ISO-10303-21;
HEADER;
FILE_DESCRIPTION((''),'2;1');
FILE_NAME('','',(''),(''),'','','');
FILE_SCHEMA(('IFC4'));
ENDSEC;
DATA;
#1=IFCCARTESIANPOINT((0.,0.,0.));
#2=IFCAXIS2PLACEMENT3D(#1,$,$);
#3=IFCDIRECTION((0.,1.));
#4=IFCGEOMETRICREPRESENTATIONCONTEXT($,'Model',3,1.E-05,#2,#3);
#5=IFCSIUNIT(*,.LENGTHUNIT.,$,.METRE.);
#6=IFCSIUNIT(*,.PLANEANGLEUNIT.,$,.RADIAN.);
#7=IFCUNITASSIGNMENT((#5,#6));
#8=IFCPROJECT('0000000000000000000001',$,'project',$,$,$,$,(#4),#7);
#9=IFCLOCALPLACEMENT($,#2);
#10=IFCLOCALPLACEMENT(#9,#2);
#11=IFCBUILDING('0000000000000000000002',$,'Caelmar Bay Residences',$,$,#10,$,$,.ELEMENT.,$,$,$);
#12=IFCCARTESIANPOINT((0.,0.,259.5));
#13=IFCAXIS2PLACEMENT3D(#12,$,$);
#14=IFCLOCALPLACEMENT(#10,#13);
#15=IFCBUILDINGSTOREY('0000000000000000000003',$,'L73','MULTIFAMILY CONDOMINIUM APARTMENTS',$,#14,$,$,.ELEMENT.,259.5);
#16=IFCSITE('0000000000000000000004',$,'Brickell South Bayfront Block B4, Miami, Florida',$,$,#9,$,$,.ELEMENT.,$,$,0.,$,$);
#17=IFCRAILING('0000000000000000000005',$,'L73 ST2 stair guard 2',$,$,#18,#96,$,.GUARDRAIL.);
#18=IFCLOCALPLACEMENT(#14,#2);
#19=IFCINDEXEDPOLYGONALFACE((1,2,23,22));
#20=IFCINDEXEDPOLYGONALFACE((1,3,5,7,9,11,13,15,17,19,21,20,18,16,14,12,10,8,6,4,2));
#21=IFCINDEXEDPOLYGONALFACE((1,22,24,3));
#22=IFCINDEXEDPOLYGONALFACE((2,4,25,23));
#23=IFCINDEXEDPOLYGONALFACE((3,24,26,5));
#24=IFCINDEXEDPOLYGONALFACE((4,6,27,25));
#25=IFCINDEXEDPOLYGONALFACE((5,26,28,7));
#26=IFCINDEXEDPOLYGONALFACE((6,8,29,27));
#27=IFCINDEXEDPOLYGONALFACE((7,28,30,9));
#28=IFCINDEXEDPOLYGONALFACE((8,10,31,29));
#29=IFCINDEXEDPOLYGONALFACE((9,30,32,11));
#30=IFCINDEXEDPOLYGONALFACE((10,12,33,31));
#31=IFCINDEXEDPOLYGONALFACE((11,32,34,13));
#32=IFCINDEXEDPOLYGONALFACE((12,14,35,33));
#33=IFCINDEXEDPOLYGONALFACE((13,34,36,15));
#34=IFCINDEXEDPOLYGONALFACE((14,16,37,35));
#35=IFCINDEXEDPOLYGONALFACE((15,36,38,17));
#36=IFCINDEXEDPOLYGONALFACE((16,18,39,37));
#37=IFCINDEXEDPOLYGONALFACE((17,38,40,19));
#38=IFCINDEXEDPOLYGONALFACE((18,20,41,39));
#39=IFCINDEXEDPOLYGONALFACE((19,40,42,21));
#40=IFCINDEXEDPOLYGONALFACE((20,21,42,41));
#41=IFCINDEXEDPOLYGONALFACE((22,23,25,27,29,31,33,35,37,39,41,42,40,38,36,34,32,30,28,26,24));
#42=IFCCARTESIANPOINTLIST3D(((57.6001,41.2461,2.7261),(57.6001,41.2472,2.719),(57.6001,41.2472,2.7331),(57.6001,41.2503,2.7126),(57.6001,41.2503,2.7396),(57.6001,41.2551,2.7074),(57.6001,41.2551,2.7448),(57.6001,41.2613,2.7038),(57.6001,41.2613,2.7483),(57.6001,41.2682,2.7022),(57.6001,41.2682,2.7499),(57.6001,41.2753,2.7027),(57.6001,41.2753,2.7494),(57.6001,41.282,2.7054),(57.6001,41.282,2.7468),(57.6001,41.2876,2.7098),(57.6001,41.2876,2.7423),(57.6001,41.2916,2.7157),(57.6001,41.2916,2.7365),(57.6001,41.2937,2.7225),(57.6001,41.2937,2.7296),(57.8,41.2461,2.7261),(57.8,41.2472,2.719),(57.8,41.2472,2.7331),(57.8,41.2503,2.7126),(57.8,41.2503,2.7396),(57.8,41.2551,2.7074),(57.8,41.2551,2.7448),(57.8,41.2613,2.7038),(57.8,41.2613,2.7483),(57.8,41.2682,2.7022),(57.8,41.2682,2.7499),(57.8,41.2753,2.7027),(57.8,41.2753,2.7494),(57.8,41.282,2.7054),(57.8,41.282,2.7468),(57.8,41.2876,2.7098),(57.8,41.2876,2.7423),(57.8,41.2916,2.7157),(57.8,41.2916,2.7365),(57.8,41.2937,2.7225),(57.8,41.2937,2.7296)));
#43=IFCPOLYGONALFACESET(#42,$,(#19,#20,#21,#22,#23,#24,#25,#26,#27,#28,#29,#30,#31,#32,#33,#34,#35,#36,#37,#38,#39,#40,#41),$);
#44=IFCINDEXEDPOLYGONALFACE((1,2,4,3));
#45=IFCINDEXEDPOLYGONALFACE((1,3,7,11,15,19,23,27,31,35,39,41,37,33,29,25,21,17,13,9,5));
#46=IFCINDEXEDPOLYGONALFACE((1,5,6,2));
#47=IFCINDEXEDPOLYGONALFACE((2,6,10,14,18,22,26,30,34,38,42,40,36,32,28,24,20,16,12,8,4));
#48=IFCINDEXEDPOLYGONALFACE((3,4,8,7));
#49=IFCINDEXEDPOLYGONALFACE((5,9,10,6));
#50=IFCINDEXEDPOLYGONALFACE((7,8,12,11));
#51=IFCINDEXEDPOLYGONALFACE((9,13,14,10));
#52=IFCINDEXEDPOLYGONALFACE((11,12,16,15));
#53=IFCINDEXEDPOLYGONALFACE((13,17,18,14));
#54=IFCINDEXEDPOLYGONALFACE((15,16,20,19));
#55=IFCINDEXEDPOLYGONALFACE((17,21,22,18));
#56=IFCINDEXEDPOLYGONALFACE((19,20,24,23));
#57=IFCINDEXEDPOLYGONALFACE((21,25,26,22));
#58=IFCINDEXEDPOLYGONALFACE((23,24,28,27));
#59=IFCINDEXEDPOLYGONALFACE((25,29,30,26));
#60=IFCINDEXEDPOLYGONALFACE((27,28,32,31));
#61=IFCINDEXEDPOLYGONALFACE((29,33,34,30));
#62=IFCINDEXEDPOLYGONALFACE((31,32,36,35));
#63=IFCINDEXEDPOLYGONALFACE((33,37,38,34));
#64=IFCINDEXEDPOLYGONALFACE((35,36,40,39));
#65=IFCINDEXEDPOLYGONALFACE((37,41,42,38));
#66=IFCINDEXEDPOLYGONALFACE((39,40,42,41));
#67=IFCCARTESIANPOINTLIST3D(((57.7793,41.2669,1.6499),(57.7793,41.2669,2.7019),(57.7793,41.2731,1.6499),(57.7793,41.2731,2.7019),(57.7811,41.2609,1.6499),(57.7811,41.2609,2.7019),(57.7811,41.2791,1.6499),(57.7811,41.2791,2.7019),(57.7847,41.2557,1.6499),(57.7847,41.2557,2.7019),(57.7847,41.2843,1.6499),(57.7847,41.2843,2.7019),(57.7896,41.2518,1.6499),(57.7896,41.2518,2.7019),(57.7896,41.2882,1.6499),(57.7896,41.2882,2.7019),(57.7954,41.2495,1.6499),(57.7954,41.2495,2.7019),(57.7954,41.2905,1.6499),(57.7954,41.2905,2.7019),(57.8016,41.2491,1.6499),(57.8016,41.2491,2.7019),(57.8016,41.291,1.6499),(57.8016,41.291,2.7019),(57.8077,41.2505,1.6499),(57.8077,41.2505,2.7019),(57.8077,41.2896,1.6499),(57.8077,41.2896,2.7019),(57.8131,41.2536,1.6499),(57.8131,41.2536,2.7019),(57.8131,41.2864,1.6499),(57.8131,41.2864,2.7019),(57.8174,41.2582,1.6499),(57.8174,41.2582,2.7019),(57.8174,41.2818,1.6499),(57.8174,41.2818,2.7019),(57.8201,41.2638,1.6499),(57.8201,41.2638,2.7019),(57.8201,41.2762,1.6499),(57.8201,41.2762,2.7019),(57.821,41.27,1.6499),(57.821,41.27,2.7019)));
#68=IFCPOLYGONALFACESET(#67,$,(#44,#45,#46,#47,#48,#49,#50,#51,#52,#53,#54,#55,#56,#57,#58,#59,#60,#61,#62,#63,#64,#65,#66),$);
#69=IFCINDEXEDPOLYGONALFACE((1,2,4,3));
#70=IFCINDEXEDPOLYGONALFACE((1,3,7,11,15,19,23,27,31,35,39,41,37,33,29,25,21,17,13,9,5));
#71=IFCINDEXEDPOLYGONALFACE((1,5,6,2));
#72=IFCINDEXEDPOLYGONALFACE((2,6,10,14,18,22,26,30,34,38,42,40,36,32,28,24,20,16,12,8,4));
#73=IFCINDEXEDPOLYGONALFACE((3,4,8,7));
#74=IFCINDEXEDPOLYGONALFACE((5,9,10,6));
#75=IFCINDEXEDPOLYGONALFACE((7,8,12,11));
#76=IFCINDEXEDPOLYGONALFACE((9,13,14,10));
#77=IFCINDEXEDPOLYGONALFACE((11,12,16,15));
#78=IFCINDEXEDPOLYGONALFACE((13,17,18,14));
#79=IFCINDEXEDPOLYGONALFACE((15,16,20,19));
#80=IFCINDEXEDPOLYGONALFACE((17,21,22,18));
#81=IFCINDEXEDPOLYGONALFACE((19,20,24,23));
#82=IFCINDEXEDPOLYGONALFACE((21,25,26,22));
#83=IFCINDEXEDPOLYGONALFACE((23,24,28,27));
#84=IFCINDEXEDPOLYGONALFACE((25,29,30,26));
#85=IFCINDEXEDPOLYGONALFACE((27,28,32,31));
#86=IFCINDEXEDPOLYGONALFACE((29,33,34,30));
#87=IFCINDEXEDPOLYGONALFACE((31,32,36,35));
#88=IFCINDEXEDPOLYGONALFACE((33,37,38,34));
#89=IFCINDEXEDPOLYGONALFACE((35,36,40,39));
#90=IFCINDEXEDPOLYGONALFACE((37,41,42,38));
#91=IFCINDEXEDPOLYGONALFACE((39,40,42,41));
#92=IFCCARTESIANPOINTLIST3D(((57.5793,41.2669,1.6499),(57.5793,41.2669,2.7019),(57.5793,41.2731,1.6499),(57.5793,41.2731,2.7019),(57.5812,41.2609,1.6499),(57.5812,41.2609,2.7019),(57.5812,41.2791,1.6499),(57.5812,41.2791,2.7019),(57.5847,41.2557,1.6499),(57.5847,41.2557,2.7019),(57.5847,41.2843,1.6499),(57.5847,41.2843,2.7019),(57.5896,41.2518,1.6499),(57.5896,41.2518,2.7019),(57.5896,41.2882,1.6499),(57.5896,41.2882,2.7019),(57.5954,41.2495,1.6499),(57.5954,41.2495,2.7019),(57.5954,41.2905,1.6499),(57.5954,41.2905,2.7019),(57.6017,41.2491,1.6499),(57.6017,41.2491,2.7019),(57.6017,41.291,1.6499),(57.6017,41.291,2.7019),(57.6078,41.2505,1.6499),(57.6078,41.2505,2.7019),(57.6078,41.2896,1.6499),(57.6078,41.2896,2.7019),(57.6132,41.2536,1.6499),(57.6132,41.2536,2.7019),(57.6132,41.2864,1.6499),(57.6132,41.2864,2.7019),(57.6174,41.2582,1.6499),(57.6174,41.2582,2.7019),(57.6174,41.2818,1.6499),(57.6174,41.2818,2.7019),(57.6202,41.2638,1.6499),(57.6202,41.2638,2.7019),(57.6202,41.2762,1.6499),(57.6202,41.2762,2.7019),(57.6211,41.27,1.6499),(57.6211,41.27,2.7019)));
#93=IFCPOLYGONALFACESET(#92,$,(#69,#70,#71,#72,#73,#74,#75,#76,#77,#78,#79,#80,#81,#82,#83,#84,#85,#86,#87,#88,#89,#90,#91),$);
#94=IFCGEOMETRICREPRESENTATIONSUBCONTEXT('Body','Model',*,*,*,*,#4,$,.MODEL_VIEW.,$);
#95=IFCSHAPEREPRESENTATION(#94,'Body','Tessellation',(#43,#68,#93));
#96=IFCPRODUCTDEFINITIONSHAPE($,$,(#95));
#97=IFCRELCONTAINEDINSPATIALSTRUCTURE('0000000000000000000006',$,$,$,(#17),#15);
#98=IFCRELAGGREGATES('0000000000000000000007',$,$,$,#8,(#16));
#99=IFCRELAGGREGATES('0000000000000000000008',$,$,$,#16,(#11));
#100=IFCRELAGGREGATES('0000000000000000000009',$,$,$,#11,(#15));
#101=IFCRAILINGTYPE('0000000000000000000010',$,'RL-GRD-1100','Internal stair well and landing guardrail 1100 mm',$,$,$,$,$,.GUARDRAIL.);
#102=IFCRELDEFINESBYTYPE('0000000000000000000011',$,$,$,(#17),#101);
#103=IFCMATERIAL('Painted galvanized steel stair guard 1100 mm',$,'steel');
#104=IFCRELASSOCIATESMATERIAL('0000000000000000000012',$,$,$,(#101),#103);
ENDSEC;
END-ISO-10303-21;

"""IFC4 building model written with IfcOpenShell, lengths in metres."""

from ifc_helpers import new_model, si_unit, direction, frame, origin, origin_2d, place, context, subcontext, project, spatial, circle, extrude, material, type_object, element, save


model = new_model("IFC4")

# Units and contexts
model_context = context("Model", 3, precision=1e-05, world=origin(), true_north=direction((0.0, 1.0)))
body_context = subcontext(model_context, "Body", "Model", "MODEL_VIEW")
ifc_project = project(units=[si_unit("LENGTHUNIT", "METRE"), si_unit("PLANEANGLEUNIT", "RADIAN")], contexts=[model_context])

# Site, building, storey
site_placement = place(None, origin())
site = spatial("IfcSite", under=ifc_project, at=site_placement, Name="Brickell South Bayfront Block B4, Miami, Florida", CompositionType="ELEMENT", RefElevation=0.0)
building_placement = place(site_placement, origin())
building = spatial("IfcBuilding", under=site, at=building_placement, Name="Caelmar Bay Residences", CompositionType="ELEMENT")
storey_placement = place(building_placement, frame((0.0, 0.0, 259.5)))
storey = spatial("IfcBuildingStorey", under=building, at=storey_placement, Name="L73", Description="MULTIFAMILY CONDOMINIUM APARTMENTS", CompositionType="ELEMENT", Elevation=259.5)

# Railing
ifc_material_1 = material(Name="Painted galvanized steel stair guard 1100 mm", Category="steel")
railing_type_1 = type_object("IfcRailingType", Name="RL-GRD-1100", Description="Internal stair well and landing guardrail 1100 mm", PredefinedType="GUARDRAIL", material=ifc_material_1)
railing_1_placement = place(storey_placement, frame((57.8, 41.27, 1.6499)))
element("IfcRailing", 1, at=railing_1_placement, inside=storey, type_object=railing_type_1, Name="L73 ST2 stair guard 2", PredefinedType="GUARDRAIL", context=body_context, shape_type="SweptSolid", body=[
    extrude(circle(Radius=0.0239, at=origin_2d()), frame((0.0, 0.0, 1.0762), z_axis=(-1.0, 0.0, 0.0), x_axis=(0.0, -1.0, 0.0)), (0.0, 0.0, 1.0), 0.2),
    extrude(circle(Radius=0.021, at=origin_2d()), origin(), (0.0, 0.0, 1.0), 1.052),
    extrude(circle(Radius=0.021, at=origin_2d()), frame((-0.2, 0.0, 0.0)), (0.0, 0.0, 1.0), 1.052),
])

save(model, "model.ifc")
